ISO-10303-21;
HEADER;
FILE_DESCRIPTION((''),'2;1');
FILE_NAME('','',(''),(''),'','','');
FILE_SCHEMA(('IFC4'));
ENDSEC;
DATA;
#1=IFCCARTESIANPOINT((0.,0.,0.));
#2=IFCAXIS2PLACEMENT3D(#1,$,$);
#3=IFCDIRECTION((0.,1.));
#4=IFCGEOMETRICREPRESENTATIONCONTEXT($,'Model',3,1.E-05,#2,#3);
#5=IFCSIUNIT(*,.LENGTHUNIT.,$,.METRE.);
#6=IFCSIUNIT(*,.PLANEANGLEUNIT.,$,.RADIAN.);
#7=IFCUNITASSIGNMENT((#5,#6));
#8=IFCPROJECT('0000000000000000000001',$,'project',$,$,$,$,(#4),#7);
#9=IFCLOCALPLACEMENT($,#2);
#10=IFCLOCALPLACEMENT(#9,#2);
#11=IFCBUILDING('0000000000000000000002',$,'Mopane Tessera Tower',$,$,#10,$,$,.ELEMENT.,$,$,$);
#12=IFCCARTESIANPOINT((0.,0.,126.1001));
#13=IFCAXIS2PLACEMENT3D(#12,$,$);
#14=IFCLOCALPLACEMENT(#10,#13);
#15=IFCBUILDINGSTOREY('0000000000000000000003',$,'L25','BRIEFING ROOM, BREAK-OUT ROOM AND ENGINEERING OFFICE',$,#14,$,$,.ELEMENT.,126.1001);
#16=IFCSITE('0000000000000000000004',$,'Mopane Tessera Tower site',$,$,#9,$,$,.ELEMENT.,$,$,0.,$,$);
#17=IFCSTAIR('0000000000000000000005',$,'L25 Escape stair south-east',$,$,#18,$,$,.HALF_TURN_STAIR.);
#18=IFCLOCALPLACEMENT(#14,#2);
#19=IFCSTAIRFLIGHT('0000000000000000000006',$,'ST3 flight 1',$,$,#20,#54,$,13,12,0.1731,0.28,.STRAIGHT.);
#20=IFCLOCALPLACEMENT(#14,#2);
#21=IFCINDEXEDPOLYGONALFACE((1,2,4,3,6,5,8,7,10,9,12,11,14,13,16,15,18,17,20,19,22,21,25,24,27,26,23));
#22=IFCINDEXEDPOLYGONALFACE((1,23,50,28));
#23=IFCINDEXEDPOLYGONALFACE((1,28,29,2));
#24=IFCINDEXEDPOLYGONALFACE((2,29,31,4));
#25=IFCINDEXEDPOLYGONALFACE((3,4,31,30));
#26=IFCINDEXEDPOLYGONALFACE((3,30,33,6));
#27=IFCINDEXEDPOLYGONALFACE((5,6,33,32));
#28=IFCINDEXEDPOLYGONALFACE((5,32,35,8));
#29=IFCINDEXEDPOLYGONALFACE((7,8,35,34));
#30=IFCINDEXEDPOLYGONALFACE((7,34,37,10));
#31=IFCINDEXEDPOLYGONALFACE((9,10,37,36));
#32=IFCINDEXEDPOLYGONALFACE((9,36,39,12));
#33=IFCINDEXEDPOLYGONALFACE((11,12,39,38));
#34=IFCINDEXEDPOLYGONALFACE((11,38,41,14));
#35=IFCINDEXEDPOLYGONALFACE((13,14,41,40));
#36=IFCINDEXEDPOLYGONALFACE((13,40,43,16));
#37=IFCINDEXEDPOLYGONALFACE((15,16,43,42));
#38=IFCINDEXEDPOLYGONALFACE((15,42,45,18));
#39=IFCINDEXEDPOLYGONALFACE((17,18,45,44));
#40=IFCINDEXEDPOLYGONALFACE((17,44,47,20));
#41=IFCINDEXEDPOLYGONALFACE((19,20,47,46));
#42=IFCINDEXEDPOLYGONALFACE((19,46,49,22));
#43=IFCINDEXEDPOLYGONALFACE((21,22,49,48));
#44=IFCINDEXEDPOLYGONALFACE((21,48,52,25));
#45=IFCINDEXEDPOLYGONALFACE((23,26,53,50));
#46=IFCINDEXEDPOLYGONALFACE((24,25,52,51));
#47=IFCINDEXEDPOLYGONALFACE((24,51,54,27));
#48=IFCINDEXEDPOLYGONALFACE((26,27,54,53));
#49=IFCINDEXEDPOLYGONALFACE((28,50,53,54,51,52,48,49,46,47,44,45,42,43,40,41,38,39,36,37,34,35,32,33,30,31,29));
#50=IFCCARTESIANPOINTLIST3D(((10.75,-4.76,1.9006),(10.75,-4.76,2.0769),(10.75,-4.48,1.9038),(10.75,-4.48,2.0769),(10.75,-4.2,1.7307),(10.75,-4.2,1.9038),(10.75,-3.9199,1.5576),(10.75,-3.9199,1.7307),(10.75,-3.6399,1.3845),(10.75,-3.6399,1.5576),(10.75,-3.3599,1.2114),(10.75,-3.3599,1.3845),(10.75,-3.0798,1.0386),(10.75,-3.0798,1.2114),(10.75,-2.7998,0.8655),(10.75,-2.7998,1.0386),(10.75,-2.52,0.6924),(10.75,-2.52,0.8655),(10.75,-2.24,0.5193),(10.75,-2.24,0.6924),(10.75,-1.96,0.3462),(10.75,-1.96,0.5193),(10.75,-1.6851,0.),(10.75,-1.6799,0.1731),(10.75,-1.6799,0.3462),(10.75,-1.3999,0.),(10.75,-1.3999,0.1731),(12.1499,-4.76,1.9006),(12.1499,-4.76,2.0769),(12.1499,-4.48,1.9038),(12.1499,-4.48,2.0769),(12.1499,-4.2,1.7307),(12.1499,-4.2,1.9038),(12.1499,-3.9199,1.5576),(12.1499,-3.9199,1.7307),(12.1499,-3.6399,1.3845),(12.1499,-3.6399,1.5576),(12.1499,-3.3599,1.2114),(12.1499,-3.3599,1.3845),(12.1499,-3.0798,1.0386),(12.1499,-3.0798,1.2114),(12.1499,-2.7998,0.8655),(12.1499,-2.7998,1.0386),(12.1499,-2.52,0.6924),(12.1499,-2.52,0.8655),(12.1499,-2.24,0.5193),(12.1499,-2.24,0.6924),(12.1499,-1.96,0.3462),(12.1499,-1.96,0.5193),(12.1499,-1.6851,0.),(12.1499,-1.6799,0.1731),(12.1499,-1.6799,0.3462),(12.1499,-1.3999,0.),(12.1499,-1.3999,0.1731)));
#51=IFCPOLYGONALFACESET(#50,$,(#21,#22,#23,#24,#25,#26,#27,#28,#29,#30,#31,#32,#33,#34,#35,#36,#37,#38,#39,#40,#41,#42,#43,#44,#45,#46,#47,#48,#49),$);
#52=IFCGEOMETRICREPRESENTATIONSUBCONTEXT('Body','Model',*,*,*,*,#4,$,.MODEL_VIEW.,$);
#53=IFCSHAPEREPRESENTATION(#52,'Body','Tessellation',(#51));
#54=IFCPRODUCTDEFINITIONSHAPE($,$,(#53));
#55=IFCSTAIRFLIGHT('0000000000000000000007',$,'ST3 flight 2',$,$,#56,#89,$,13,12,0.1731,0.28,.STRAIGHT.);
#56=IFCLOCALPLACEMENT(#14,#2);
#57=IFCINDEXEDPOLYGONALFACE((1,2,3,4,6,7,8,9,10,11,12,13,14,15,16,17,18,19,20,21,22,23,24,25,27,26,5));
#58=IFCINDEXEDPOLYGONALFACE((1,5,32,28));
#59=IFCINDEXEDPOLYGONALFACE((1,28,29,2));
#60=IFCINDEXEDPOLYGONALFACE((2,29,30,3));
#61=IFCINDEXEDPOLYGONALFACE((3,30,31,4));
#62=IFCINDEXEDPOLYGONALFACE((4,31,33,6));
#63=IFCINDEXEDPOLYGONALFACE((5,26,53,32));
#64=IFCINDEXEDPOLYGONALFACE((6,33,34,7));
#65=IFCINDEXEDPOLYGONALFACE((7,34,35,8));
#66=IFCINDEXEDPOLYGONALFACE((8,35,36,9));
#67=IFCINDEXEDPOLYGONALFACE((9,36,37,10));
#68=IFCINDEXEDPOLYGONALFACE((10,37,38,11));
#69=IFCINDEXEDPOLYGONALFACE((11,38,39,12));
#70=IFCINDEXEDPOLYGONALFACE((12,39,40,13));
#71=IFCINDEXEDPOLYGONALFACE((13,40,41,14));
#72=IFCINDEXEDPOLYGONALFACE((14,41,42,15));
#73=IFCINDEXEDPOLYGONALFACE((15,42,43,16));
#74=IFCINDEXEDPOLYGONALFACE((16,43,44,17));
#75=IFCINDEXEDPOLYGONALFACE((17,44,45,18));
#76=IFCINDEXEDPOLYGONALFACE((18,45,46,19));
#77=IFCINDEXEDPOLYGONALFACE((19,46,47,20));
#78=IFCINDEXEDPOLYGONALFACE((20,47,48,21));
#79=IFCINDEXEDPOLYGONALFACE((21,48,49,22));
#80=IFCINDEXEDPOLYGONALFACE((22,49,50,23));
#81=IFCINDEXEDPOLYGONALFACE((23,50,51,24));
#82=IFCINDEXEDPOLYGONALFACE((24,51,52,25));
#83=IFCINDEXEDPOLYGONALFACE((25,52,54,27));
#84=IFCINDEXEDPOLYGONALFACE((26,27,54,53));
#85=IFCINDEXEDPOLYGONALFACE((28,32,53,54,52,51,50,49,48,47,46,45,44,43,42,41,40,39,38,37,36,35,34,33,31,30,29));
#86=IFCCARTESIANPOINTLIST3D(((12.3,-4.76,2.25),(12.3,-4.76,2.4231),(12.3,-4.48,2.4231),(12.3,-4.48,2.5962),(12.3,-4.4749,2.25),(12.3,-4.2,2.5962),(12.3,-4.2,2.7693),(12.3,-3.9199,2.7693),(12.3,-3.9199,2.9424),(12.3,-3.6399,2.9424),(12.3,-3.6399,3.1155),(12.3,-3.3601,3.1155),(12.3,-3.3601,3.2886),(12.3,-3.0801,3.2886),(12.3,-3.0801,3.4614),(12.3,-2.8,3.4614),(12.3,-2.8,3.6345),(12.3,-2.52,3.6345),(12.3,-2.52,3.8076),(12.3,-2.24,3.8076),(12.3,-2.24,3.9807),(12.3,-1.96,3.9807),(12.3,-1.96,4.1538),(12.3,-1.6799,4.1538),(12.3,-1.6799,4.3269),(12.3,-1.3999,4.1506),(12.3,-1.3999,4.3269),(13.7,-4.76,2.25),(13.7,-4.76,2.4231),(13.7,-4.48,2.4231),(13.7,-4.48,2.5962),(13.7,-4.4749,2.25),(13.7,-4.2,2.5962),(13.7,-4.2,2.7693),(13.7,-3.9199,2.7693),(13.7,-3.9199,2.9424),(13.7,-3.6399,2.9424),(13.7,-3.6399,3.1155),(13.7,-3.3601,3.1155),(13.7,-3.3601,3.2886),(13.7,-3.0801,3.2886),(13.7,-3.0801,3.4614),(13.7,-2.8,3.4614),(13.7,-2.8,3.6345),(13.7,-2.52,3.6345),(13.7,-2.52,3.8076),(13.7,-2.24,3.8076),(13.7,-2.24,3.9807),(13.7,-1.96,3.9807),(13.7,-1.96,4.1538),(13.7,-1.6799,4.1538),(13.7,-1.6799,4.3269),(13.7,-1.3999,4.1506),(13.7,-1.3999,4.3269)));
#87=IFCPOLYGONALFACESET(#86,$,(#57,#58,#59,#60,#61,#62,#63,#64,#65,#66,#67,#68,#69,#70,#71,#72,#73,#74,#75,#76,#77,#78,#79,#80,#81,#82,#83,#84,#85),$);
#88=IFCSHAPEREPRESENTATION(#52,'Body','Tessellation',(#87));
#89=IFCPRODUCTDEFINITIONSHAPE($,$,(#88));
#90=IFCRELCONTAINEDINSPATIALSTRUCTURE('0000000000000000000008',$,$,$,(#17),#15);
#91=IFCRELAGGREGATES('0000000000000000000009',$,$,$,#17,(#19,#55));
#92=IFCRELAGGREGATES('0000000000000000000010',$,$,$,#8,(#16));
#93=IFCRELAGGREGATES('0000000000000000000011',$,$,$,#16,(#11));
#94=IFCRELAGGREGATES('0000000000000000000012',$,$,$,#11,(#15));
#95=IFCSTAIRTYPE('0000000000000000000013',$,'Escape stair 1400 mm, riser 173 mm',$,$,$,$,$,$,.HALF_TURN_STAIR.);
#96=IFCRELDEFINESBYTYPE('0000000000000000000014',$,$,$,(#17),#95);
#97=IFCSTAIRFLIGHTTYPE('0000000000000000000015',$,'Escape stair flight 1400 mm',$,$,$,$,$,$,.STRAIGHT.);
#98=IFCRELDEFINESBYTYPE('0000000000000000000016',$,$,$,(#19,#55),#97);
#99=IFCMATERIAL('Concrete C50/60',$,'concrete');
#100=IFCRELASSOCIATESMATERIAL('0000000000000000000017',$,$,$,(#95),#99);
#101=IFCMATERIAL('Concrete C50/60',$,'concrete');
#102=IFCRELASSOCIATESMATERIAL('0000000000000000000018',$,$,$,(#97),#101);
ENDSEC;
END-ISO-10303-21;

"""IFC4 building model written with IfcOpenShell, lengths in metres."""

from ifc_helpers import new_model, si_unit, direction, frame, origin, place, context, subcontext, project, spatial, polyline, outline, extrude, material, type_object, element, aggregate, save


model = new_model("IFC4")

# Units and contexts
model_context = context("Model", 3, precision=1e-05, world=origin(), true_north=direction((0.0, 1.0)))
body_context = subcontext(model_context, "Body", "Model", "MODEL_VIEW")
ifc_project = project(units=[si_unit("LENGTHUNIT", "METRE"), si_unit("PLANEANGLEUNIT", "RADIAN")], contexts=[model_context])

# Site, building, storey
site_placement = place(None, origin())
site = spatial("IfcSite", under=ifc_project, at=site_placement, Name="Mopane Tessera Tower site", CompositionType="ELEMENT", RefElevation=0.0)
building_placement = place(site_placement, origin())
building = spatial("IfcBuilding", under=site, at=building_placement, Name="Mopane Tessera Tower", CompositionType="ELEMENT")
storey_placement = place(building_placement, frame((0.0, 0.0, 126.1001)))
storey = spatial("IfcBuildingStorey", under=building, at=storey_placement, Name="L25", Description="BRIEFING ROOM, BREAK-OUT ROOM AND ENGINEERING OFFICE", CompositionType="ELEMENT", Elevation=126.1001)

# Stair, stair flights
ifc_material_1 = material(Name="Concrete C50/60", Category="concrete")
stair_type = type_object("IfcStairType", Name="Escape stair 1400 mm, riser 173 mm", PredefinedType="HALF_TURN_STAIR", material=ifc_material_1)
stair_placement = place(storey_placement, origin())
stair = element("IfcStair", 1, at=stair_placement, inside=storey, type_object=stair_type, Name="L25 Escape stair south-east", PredefinedType="HALF_TURN_STAIR")
ifc_material_2 = material(Name="Concrete C50/60", Category="concrete")
stair_flight_type = type_object("IfcStairFlightType", Name="Escape stair flight 1400 mm", PredefinedType="STRAIGHT", material=ifc_material_2)
stair_flight_1_placement = place(storey_placement, frame((11.45, -1.3999, 0.0), z_axis=(0.0, 0.0, 1.0), x_axis=(0.0, -1.0, 0.0)))
stair_flight_1 = element("IfcStairFlight", 2, at=stair_flight_1_placement, type_object=stair_flight_type, Name="ST3 flight 1", NumberOfRisers=13, NumberOfTreads=12, PredefinedType="STRAIGHT", RiserHeight=0.1731, TreadLength=0.28, context=body_context, shape_type="SweptSolid", body=[
    extrude(outline(polyline([(0.0, 0.0), (0.0, 0.1731), (0.28, 0.1731), (0.28, 0.3462), (0.5601, 0.3462), (0.5601, 0.5193), (0.8401, 0.5193), (0.8401, 0.6924), (1.1201, 0.6924), (1.1201, 0.8655), (1.3999, 0.8655), (1.3999, 1.0386), (1.6799, 1.0386), (1.6799, 1.2114), (1.96, 1.2114), (1.96, 1.3845), (2.24, 1.3845), (2.24, 1.5576), (2.52, 1.5576), (2.52, 1.7307), (2.8, 1.7307), (2.8, 1.9038), (3.0801, 1.9038), (3.0801, 2.0769), (3.3601, 2.0769), (3.3601, 2.25), (3.3601, 1.9006), (0.2852, 0.0), (0.0, 0.0)])), frame((0.0, 0.7, 0.0), z_axis=(0.0, -1.0, 0.0), x_axis=(1.0, 0.0, 0.0)), (0.0, 0.0, 1.0), 1.3999),
])
stair_flight_2_placement = place(storey_placement, frame((13.0, -4.76, 2.25), z_axis=(0.0, 0.0, 1.0), x_axis=(0.0, 1.0, 0.0)))
stair_flight_2 = element("IfcStairFlight", 3, at=stair_flight_2_placement, type_object=stair_flight_type, Name="ST3 flight 2", NumberOfRisers=13, NumberOfTreads=12, PredefinedType="STRAIGHT", RiserHeight=0.1731, TreadLength=0.28, context=body_context, shape_type="SweptSolid", body=[
    extrude(outline(polyline([(0.0, 0.0), (0.0, 0.1731), (0.28, 0.1731), (0.28, 0.3462), (0.5601, 0.3462), (0.5601, 0.5193), (0.8401, 0.5193), (0.8401, 0.6924), (1.1201, 0.6924), (1.1201, 0.8655), (1.3999, 0.8655), (1.3999, 1.0386), (1.6799, 1.0386), (1.6799, 1.2114), (1.96, 1.2114), (1.96, 1.3845), (2.24, 1.3845), (2.24, 1.5576), (2.52, 1.5576), (2.52, 1.7307), (2.8, 1.7307), (2.8, 1.9038), (3.0801, 1.9038), (3.0801, 2.0769), (3.3601, 2.0769), (3.3601, 2.25), (3.3601, 1.9006), (0.2852, 0.0), (0.0, 0.0)])), frame((0.0, 0.7, 0.0), z_axis=(0.0, -1.0, 0.0), x_axis=(1.0, 0.0, 0.0)), (0.0, 0.0, 1.0), 1.3999),
])
aggregate(stair, [stair_flight_1, stair_flight_2])

save(model, "model.ifc")
